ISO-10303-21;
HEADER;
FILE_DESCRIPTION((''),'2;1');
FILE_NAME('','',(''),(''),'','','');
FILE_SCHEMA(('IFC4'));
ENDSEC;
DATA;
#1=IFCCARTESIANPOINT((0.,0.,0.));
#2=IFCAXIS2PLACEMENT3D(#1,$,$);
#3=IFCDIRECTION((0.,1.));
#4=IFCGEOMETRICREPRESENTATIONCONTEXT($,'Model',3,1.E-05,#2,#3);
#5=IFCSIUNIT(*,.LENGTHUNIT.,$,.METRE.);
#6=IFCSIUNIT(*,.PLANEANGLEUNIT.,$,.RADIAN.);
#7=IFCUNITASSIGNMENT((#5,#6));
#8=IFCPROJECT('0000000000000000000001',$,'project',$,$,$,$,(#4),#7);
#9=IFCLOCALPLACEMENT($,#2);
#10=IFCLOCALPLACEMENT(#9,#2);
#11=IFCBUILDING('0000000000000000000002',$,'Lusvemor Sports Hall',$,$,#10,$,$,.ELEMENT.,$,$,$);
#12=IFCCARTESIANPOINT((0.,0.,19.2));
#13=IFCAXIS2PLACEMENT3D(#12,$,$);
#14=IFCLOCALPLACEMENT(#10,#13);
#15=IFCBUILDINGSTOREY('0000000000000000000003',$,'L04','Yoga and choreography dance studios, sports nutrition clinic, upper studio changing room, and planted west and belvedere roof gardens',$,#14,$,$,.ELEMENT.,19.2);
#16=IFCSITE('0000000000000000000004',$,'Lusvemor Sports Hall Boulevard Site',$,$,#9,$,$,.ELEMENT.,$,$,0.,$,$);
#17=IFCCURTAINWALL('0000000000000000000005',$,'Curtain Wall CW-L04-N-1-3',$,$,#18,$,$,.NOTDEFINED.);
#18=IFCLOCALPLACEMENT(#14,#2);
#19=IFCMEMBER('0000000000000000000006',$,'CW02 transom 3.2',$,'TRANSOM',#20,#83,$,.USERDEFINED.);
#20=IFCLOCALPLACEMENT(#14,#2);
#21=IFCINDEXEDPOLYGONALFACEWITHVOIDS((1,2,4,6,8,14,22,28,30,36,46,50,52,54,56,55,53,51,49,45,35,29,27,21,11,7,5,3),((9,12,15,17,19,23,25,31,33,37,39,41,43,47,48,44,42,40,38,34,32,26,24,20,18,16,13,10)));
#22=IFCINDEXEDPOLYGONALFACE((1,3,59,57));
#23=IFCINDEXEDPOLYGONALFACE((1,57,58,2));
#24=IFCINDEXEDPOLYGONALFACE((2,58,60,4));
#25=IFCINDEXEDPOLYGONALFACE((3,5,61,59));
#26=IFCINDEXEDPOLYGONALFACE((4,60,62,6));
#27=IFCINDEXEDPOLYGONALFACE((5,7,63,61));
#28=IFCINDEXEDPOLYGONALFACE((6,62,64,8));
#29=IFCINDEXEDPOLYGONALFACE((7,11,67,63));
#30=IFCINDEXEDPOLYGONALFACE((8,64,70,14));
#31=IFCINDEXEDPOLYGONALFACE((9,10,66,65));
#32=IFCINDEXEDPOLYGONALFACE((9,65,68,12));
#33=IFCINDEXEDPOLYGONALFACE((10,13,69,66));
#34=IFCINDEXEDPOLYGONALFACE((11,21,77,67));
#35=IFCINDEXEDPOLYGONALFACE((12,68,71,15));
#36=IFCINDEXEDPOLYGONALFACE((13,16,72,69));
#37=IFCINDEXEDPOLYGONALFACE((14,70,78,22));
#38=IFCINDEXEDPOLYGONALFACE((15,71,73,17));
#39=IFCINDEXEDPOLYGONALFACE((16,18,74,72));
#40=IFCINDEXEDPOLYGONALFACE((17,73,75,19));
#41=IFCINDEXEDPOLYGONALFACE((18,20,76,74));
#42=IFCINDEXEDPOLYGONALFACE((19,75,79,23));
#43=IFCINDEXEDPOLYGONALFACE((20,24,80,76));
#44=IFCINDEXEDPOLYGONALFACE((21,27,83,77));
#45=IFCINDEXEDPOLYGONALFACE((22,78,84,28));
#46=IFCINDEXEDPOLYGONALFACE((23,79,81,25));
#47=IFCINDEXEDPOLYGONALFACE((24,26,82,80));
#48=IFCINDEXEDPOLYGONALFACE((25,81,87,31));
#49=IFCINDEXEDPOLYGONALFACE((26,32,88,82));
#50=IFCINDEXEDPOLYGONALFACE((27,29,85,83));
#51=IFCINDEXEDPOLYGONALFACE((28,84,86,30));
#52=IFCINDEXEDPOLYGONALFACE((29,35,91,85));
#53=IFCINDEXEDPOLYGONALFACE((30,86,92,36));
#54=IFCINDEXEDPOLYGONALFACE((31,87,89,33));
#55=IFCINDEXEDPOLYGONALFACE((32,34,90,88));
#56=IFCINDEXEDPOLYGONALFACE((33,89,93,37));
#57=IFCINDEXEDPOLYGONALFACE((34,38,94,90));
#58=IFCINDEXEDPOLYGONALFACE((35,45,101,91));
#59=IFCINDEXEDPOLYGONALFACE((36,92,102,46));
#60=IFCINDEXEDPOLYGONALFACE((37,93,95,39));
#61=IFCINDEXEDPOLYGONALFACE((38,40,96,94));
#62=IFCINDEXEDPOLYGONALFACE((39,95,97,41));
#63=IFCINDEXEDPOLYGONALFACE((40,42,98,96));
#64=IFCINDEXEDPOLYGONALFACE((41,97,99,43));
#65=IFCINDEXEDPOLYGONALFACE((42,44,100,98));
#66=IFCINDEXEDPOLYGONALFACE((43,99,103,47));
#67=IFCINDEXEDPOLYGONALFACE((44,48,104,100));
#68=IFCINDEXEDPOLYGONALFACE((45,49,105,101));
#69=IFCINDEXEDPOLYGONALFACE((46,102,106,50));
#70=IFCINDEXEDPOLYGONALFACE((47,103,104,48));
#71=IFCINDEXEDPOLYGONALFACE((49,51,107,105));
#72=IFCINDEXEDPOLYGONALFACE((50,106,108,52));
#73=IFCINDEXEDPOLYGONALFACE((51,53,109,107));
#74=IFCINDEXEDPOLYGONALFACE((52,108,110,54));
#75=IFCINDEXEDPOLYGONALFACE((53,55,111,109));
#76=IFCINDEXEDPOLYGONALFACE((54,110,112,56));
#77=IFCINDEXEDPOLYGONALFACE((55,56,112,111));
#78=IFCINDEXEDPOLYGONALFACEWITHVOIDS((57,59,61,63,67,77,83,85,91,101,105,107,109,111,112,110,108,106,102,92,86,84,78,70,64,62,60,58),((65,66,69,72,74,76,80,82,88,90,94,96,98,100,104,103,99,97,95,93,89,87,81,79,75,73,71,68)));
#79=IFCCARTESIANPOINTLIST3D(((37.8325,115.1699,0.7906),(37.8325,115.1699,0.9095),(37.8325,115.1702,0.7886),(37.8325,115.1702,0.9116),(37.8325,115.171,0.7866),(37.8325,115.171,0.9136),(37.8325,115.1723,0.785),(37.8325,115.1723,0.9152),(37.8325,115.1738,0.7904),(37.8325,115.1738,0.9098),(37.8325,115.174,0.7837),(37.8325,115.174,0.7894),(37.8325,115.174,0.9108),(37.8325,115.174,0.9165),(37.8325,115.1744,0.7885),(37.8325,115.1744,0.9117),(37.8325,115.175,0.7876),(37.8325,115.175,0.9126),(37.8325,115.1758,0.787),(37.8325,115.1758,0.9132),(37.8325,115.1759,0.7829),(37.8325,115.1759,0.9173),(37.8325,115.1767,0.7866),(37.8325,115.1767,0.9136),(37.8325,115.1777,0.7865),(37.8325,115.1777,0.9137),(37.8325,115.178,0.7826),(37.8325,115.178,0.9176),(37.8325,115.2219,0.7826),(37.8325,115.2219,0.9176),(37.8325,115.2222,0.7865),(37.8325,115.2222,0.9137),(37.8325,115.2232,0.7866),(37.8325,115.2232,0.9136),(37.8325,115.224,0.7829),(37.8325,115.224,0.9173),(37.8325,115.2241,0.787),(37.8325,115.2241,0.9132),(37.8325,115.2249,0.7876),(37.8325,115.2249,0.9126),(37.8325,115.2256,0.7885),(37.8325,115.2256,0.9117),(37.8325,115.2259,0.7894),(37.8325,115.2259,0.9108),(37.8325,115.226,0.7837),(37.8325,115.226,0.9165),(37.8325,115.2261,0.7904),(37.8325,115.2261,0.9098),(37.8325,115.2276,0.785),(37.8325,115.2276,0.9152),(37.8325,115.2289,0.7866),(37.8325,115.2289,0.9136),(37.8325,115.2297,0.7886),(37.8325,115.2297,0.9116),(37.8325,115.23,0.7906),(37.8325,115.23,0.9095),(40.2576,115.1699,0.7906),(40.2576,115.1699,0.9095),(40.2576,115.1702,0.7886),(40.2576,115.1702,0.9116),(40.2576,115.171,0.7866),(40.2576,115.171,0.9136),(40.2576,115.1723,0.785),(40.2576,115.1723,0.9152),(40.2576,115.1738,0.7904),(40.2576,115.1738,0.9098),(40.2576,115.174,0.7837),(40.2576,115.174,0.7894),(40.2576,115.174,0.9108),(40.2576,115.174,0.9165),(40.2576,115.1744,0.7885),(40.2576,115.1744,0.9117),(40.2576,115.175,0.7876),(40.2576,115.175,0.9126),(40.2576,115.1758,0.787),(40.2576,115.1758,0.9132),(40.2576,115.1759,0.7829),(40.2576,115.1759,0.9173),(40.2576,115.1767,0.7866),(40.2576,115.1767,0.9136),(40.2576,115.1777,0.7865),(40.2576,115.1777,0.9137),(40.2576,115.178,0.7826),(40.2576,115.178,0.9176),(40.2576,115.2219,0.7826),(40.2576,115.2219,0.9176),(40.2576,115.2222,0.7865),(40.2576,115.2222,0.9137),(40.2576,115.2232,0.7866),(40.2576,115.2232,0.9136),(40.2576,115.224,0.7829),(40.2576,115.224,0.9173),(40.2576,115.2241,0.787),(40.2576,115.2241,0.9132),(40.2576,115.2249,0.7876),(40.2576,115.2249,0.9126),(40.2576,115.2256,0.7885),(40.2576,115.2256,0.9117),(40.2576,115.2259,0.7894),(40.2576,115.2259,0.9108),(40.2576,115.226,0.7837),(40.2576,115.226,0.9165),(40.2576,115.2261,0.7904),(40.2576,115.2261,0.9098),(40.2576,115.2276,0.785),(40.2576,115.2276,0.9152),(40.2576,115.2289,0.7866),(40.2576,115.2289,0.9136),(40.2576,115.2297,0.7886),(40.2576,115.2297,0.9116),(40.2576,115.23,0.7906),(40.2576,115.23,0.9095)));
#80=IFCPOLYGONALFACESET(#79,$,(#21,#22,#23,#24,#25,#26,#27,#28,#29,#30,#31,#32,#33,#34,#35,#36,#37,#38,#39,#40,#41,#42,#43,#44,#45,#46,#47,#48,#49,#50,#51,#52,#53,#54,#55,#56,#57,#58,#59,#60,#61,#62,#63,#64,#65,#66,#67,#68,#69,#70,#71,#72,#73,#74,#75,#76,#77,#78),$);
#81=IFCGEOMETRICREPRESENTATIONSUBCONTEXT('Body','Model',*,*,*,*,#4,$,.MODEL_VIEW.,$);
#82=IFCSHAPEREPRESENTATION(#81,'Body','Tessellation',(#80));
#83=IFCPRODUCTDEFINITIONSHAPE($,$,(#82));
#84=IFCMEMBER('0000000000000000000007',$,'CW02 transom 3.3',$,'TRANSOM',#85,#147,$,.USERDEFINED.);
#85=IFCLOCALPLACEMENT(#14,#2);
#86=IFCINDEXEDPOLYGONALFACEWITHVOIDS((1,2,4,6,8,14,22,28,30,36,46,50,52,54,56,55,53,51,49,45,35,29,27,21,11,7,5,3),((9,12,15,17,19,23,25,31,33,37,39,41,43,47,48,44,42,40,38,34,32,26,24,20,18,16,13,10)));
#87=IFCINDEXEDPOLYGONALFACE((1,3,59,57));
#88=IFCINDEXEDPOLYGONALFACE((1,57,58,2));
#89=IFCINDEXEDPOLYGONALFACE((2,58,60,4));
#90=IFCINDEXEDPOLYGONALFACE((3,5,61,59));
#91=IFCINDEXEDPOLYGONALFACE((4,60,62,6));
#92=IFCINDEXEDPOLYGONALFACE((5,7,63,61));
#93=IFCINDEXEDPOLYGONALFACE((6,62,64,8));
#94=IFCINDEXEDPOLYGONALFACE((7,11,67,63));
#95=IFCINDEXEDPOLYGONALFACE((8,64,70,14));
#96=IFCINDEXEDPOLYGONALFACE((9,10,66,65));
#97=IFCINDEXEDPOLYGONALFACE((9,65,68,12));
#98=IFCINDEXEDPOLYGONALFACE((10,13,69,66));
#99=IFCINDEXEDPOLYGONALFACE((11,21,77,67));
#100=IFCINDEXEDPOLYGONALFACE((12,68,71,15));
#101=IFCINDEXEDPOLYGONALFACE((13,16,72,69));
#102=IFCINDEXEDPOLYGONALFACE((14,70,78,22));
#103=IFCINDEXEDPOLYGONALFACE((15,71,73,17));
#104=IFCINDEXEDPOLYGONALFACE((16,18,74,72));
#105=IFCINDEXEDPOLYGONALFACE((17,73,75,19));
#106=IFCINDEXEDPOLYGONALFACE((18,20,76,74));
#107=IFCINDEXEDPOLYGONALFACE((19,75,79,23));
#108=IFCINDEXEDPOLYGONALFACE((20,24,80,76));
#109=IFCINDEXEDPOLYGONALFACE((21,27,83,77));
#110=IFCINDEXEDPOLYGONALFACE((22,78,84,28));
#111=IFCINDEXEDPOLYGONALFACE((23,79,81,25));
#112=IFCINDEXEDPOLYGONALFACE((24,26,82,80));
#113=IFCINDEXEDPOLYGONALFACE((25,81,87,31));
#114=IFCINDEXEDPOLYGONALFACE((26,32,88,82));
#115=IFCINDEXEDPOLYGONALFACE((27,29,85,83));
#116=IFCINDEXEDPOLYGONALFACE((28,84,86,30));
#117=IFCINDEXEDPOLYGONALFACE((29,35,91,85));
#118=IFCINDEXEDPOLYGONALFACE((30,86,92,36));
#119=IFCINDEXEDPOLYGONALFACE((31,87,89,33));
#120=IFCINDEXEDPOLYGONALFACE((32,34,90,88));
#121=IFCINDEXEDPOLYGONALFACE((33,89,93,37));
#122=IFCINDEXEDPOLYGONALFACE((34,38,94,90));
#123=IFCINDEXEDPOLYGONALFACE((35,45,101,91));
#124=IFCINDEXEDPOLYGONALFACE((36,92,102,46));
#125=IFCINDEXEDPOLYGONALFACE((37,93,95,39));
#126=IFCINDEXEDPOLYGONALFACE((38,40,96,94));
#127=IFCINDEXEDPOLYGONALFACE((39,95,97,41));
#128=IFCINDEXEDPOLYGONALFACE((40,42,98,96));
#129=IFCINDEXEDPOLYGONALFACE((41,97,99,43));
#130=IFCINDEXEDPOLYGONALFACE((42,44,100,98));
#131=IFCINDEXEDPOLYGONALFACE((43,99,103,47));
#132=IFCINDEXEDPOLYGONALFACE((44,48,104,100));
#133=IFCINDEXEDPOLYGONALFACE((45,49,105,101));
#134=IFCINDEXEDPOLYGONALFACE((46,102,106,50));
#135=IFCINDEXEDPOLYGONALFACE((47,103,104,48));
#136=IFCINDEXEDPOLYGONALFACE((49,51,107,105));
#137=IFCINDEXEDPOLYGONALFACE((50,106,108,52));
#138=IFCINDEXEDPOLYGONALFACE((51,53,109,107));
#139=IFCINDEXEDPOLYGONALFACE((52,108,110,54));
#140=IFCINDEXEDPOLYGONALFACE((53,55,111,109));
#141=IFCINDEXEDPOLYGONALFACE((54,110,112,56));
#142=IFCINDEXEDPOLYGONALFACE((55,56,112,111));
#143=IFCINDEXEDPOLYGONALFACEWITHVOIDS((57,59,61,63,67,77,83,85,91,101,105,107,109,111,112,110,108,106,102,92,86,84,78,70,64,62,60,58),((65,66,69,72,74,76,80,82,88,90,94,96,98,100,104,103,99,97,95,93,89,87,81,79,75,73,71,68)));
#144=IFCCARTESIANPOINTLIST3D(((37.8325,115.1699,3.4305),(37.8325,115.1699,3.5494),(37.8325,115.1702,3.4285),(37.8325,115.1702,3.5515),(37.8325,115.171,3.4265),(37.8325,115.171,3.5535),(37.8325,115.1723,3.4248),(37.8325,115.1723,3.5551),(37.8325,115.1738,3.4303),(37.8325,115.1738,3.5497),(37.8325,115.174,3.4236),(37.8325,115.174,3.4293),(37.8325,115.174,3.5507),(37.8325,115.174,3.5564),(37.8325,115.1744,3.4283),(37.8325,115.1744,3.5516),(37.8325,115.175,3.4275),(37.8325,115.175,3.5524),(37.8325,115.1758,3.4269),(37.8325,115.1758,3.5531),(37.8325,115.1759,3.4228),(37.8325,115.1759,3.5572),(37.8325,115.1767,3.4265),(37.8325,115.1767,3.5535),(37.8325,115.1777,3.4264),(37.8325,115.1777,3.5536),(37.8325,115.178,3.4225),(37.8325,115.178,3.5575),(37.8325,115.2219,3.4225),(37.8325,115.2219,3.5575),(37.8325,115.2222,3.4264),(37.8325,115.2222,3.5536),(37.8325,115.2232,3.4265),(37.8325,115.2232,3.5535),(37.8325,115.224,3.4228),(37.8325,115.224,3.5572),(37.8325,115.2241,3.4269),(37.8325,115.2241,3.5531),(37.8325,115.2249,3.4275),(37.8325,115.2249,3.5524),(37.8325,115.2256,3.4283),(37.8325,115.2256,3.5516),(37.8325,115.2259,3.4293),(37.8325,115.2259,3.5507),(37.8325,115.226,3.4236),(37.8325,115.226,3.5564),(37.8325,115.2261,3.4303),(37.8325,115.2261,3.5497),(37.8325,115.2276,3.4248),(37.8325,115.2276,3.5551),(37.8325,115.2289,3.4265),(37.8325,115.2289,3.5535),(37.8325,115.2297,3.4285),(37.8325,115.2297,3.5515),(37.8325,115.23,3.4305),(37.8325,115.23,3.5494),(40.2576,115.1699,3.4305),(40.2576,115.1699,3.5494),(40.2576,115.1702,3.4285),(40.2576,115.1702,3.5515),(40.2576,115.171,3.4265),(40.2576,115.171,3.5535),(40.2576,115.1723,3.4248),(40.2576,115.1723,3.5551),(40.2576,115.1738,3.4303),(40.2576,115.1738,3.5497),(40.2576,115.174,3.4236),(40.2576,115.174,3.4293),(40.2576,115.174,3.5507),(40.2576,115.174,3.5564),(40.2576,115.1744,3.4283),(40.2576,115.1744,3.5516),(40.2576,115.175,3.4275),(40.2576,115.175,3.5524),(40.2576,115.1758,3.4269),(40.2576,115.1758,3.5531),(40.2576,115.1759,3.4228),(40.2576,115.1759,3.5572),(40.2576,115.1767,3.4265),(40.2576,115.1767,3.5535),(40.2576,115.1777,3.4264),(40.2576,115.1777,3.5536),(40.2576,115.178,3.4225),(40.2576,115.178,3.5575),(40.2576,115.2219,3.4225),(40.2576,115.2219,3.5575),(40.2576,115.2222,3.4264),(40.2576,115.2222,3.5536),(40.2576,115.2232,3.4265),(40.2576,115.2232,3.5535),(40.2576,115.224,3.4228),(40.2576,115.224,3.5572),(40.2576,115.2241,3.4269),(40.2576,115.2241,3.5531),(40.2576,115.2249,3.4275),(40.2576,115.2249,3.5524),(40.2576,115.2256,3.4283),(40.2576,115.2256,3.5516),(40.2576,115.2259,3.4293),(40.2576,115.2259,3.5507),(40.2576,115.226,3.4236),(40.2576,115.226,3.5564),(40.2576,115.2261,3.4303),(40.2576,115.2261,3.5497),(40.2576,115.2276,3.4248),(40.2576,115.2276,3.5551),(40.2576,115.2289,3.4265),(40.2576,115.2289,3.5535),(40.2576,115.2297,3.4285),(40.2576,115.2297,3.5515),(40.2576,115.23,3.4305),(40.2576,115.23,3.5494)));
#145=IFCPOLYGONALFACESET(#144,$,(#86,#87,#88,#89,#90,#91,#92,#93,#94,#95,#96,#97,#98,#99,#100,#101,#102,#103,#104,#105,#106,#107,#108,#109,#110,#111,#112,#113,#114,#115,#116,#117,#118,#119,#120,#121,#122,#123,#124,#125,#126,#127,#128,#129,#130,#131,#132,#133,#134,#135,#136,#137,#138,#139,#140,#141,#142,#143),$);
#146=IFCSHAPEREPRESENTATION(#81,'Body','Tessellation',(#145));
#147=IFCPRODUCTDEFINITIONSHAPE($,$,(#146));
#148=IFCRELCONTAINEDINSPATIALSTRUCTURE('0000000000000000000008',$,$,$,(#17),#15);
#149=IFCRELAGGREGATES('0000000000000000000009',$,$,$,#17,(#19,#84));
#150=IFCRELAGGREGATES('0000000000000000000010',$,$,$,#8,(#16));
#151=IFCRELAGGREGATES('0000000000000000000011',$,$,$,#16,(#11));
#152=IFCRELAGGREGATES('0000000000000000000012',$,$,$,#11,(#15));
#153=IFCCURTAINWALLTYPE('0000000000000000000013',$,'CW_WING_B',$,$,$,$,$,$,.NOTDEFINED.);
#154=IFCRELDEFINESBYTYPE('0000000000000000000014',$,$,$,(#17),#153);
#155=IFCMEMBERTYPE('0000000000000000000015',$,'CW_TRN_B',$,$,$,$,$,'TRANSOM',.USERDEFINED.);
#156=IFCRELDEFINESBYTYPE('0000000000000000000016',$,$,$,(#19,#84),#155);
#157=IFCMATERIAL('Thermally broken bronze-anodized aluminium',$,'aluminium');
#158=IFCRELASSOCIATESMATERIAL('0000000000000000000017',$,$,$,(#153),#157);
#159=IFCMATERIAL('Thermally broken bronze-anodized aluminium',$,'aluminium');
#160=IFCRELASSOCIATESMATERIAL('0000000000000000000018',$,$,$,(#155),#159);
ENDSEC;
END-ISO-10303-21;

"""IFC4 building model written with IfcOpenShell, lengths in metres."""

from ifc_helpers import new_model, si_unit, direction, frame, origin, origin_2d, place, context, subcontext, project, spatial, hollow_rectangle, extrude, material, material_profile, profile_set, type_object, element, aggregate, save


model = new_model("IFC4")

# Units and contexts
model_context = context("Model", 3, precision=1e-05, world=origin(), true_north=direction((0.0, 1.0)))
body_context = subcontext(model_context, "Body", "Model", "MODEL_VIEW")
ifc_project = project(units=[si_unit("LENGTHUNIT", "METRE"), si_unit("PLANEANGLEUNIT", "RADIAN")], contexts=[model_context])

# Site, building, storey
site_placement = place(None, origin())
site = spatial("IfcSite", under=ifc_project, at=site_placement, Name="Lusvemor Sports Hall Boulevard Site", CompositionType="ELEMENT", RefElevation=0.0)
building_placement = place(site_placement, origin())
building = spatial("IfcBuilding", under=site, at=building_placement, Name="Lusvemor Sports Hall", CompositionType="ELEMENT")
storey_placement = place(building_placement, frame((0.0, 0.0, 19.2)))
storey = spatial("IfcBuildingStorey", under=building, at=storey_placement, Name="L04", Description="Yoga and choreography dance studios, sports nutrition clinic, upper studio changing room, and planted west and belvedere roof gardens", CompositionType="ELEMENT", Elevation=19.2)

# Curtain wall, members
ifc_material_1 = material(Name="Thermally broken bronze-anodized aluminium", Category="aluminium")
curtain_wall_type_1 = type_object("IfcCurtainWallType", Name="CW_WING_B", PredefinedType="NOTDEFINED", material=ifc_material_1)
curtain_wall_1_placement = place(storey_placement, origin())
curtain_wall_1 = element("IfcCurtainWall", 1, at=curtain_wall_1_placement, inside=storey, type_object=curtain_wall_type_1, Name="Curtain Wall CW-L04-N-1-3", PredefinedType="NOTDEFINED")
ifc_material_2 = material(Name="Thermally broken bronze-anodized aluminium", Category="aluminium")
ifc_material_profile_1 = material_profile(ifc_material_2, hollow_rectangle(XDim=0.0601, YDim=0.135, WallThickness=0.0039, InnerFilletRadius=0.0039, OuterFilletRadius=0.0081, at=origin_2d()), Name="CWTRN135x60x4")
ifc_profile_set_1 = profile_set([ifc_material_profile_1], Name="Thermally broken bronze-anodized aluminium")
member_type_1 = type_object("IfcMemberType", Name="CW_TRN_B", ElementType="TRANSOM", PredefinedType="USERDEFINED", material=ifc_profile_set_1)
member_1_placement = place(storey_placement, frame((37.8325, 115.2, 0.8501), z_axis=(1.0, 0.0, 0.0), x_axis=(0.0, 1.0, 0.0)))
member_1 = element("IfcMember", 2, at=member_1_placement, type_object=member_type_1, Name="CW02 transom 3.2", ObjectType="TRANSOM", PredefinedType="USERDEFINED", context=body_context, shape_type="SweptSolid", body=[
    extrude(hollow_rectangle(XDim=0.0601, YDim=0.135, WallThickness=0.0039, InnerFilletRadius=0.0039, OuterFilletRadius=0.0081, at=origin_2d()), origin(), (0.0, 0.0, 1.0), 2.425),
])
member_2_placement = place(storey_placement, frame((37.8325, 115.2, 3.49), z_axis=(1.0, 0.0, 0.0), x_axis=(0.0, 1.0, 0.0)))
member_2 = element("IfcMember", 3, at=member_2_placement, type_object=member_type_1, Name="CW02 transom 3.3", ObjectType="TRANSOM", PredefinedType="USERDEFINED", context=body_context, shape_type="SweptSolid", body=[
    extrude(hollow_rectangle(XDim=0.0601, YDim=0.135, WallThickness=0.0039, InnerFilletRadius=0.0039, OuterFilletRadius=0.0081, at=origin_2d()), origin(), (0.0, 0.0, 1.0), 2.425),
])

aggregate(curtain_wall_1, [member_1, member_2])

save(model, "model.ifc")
